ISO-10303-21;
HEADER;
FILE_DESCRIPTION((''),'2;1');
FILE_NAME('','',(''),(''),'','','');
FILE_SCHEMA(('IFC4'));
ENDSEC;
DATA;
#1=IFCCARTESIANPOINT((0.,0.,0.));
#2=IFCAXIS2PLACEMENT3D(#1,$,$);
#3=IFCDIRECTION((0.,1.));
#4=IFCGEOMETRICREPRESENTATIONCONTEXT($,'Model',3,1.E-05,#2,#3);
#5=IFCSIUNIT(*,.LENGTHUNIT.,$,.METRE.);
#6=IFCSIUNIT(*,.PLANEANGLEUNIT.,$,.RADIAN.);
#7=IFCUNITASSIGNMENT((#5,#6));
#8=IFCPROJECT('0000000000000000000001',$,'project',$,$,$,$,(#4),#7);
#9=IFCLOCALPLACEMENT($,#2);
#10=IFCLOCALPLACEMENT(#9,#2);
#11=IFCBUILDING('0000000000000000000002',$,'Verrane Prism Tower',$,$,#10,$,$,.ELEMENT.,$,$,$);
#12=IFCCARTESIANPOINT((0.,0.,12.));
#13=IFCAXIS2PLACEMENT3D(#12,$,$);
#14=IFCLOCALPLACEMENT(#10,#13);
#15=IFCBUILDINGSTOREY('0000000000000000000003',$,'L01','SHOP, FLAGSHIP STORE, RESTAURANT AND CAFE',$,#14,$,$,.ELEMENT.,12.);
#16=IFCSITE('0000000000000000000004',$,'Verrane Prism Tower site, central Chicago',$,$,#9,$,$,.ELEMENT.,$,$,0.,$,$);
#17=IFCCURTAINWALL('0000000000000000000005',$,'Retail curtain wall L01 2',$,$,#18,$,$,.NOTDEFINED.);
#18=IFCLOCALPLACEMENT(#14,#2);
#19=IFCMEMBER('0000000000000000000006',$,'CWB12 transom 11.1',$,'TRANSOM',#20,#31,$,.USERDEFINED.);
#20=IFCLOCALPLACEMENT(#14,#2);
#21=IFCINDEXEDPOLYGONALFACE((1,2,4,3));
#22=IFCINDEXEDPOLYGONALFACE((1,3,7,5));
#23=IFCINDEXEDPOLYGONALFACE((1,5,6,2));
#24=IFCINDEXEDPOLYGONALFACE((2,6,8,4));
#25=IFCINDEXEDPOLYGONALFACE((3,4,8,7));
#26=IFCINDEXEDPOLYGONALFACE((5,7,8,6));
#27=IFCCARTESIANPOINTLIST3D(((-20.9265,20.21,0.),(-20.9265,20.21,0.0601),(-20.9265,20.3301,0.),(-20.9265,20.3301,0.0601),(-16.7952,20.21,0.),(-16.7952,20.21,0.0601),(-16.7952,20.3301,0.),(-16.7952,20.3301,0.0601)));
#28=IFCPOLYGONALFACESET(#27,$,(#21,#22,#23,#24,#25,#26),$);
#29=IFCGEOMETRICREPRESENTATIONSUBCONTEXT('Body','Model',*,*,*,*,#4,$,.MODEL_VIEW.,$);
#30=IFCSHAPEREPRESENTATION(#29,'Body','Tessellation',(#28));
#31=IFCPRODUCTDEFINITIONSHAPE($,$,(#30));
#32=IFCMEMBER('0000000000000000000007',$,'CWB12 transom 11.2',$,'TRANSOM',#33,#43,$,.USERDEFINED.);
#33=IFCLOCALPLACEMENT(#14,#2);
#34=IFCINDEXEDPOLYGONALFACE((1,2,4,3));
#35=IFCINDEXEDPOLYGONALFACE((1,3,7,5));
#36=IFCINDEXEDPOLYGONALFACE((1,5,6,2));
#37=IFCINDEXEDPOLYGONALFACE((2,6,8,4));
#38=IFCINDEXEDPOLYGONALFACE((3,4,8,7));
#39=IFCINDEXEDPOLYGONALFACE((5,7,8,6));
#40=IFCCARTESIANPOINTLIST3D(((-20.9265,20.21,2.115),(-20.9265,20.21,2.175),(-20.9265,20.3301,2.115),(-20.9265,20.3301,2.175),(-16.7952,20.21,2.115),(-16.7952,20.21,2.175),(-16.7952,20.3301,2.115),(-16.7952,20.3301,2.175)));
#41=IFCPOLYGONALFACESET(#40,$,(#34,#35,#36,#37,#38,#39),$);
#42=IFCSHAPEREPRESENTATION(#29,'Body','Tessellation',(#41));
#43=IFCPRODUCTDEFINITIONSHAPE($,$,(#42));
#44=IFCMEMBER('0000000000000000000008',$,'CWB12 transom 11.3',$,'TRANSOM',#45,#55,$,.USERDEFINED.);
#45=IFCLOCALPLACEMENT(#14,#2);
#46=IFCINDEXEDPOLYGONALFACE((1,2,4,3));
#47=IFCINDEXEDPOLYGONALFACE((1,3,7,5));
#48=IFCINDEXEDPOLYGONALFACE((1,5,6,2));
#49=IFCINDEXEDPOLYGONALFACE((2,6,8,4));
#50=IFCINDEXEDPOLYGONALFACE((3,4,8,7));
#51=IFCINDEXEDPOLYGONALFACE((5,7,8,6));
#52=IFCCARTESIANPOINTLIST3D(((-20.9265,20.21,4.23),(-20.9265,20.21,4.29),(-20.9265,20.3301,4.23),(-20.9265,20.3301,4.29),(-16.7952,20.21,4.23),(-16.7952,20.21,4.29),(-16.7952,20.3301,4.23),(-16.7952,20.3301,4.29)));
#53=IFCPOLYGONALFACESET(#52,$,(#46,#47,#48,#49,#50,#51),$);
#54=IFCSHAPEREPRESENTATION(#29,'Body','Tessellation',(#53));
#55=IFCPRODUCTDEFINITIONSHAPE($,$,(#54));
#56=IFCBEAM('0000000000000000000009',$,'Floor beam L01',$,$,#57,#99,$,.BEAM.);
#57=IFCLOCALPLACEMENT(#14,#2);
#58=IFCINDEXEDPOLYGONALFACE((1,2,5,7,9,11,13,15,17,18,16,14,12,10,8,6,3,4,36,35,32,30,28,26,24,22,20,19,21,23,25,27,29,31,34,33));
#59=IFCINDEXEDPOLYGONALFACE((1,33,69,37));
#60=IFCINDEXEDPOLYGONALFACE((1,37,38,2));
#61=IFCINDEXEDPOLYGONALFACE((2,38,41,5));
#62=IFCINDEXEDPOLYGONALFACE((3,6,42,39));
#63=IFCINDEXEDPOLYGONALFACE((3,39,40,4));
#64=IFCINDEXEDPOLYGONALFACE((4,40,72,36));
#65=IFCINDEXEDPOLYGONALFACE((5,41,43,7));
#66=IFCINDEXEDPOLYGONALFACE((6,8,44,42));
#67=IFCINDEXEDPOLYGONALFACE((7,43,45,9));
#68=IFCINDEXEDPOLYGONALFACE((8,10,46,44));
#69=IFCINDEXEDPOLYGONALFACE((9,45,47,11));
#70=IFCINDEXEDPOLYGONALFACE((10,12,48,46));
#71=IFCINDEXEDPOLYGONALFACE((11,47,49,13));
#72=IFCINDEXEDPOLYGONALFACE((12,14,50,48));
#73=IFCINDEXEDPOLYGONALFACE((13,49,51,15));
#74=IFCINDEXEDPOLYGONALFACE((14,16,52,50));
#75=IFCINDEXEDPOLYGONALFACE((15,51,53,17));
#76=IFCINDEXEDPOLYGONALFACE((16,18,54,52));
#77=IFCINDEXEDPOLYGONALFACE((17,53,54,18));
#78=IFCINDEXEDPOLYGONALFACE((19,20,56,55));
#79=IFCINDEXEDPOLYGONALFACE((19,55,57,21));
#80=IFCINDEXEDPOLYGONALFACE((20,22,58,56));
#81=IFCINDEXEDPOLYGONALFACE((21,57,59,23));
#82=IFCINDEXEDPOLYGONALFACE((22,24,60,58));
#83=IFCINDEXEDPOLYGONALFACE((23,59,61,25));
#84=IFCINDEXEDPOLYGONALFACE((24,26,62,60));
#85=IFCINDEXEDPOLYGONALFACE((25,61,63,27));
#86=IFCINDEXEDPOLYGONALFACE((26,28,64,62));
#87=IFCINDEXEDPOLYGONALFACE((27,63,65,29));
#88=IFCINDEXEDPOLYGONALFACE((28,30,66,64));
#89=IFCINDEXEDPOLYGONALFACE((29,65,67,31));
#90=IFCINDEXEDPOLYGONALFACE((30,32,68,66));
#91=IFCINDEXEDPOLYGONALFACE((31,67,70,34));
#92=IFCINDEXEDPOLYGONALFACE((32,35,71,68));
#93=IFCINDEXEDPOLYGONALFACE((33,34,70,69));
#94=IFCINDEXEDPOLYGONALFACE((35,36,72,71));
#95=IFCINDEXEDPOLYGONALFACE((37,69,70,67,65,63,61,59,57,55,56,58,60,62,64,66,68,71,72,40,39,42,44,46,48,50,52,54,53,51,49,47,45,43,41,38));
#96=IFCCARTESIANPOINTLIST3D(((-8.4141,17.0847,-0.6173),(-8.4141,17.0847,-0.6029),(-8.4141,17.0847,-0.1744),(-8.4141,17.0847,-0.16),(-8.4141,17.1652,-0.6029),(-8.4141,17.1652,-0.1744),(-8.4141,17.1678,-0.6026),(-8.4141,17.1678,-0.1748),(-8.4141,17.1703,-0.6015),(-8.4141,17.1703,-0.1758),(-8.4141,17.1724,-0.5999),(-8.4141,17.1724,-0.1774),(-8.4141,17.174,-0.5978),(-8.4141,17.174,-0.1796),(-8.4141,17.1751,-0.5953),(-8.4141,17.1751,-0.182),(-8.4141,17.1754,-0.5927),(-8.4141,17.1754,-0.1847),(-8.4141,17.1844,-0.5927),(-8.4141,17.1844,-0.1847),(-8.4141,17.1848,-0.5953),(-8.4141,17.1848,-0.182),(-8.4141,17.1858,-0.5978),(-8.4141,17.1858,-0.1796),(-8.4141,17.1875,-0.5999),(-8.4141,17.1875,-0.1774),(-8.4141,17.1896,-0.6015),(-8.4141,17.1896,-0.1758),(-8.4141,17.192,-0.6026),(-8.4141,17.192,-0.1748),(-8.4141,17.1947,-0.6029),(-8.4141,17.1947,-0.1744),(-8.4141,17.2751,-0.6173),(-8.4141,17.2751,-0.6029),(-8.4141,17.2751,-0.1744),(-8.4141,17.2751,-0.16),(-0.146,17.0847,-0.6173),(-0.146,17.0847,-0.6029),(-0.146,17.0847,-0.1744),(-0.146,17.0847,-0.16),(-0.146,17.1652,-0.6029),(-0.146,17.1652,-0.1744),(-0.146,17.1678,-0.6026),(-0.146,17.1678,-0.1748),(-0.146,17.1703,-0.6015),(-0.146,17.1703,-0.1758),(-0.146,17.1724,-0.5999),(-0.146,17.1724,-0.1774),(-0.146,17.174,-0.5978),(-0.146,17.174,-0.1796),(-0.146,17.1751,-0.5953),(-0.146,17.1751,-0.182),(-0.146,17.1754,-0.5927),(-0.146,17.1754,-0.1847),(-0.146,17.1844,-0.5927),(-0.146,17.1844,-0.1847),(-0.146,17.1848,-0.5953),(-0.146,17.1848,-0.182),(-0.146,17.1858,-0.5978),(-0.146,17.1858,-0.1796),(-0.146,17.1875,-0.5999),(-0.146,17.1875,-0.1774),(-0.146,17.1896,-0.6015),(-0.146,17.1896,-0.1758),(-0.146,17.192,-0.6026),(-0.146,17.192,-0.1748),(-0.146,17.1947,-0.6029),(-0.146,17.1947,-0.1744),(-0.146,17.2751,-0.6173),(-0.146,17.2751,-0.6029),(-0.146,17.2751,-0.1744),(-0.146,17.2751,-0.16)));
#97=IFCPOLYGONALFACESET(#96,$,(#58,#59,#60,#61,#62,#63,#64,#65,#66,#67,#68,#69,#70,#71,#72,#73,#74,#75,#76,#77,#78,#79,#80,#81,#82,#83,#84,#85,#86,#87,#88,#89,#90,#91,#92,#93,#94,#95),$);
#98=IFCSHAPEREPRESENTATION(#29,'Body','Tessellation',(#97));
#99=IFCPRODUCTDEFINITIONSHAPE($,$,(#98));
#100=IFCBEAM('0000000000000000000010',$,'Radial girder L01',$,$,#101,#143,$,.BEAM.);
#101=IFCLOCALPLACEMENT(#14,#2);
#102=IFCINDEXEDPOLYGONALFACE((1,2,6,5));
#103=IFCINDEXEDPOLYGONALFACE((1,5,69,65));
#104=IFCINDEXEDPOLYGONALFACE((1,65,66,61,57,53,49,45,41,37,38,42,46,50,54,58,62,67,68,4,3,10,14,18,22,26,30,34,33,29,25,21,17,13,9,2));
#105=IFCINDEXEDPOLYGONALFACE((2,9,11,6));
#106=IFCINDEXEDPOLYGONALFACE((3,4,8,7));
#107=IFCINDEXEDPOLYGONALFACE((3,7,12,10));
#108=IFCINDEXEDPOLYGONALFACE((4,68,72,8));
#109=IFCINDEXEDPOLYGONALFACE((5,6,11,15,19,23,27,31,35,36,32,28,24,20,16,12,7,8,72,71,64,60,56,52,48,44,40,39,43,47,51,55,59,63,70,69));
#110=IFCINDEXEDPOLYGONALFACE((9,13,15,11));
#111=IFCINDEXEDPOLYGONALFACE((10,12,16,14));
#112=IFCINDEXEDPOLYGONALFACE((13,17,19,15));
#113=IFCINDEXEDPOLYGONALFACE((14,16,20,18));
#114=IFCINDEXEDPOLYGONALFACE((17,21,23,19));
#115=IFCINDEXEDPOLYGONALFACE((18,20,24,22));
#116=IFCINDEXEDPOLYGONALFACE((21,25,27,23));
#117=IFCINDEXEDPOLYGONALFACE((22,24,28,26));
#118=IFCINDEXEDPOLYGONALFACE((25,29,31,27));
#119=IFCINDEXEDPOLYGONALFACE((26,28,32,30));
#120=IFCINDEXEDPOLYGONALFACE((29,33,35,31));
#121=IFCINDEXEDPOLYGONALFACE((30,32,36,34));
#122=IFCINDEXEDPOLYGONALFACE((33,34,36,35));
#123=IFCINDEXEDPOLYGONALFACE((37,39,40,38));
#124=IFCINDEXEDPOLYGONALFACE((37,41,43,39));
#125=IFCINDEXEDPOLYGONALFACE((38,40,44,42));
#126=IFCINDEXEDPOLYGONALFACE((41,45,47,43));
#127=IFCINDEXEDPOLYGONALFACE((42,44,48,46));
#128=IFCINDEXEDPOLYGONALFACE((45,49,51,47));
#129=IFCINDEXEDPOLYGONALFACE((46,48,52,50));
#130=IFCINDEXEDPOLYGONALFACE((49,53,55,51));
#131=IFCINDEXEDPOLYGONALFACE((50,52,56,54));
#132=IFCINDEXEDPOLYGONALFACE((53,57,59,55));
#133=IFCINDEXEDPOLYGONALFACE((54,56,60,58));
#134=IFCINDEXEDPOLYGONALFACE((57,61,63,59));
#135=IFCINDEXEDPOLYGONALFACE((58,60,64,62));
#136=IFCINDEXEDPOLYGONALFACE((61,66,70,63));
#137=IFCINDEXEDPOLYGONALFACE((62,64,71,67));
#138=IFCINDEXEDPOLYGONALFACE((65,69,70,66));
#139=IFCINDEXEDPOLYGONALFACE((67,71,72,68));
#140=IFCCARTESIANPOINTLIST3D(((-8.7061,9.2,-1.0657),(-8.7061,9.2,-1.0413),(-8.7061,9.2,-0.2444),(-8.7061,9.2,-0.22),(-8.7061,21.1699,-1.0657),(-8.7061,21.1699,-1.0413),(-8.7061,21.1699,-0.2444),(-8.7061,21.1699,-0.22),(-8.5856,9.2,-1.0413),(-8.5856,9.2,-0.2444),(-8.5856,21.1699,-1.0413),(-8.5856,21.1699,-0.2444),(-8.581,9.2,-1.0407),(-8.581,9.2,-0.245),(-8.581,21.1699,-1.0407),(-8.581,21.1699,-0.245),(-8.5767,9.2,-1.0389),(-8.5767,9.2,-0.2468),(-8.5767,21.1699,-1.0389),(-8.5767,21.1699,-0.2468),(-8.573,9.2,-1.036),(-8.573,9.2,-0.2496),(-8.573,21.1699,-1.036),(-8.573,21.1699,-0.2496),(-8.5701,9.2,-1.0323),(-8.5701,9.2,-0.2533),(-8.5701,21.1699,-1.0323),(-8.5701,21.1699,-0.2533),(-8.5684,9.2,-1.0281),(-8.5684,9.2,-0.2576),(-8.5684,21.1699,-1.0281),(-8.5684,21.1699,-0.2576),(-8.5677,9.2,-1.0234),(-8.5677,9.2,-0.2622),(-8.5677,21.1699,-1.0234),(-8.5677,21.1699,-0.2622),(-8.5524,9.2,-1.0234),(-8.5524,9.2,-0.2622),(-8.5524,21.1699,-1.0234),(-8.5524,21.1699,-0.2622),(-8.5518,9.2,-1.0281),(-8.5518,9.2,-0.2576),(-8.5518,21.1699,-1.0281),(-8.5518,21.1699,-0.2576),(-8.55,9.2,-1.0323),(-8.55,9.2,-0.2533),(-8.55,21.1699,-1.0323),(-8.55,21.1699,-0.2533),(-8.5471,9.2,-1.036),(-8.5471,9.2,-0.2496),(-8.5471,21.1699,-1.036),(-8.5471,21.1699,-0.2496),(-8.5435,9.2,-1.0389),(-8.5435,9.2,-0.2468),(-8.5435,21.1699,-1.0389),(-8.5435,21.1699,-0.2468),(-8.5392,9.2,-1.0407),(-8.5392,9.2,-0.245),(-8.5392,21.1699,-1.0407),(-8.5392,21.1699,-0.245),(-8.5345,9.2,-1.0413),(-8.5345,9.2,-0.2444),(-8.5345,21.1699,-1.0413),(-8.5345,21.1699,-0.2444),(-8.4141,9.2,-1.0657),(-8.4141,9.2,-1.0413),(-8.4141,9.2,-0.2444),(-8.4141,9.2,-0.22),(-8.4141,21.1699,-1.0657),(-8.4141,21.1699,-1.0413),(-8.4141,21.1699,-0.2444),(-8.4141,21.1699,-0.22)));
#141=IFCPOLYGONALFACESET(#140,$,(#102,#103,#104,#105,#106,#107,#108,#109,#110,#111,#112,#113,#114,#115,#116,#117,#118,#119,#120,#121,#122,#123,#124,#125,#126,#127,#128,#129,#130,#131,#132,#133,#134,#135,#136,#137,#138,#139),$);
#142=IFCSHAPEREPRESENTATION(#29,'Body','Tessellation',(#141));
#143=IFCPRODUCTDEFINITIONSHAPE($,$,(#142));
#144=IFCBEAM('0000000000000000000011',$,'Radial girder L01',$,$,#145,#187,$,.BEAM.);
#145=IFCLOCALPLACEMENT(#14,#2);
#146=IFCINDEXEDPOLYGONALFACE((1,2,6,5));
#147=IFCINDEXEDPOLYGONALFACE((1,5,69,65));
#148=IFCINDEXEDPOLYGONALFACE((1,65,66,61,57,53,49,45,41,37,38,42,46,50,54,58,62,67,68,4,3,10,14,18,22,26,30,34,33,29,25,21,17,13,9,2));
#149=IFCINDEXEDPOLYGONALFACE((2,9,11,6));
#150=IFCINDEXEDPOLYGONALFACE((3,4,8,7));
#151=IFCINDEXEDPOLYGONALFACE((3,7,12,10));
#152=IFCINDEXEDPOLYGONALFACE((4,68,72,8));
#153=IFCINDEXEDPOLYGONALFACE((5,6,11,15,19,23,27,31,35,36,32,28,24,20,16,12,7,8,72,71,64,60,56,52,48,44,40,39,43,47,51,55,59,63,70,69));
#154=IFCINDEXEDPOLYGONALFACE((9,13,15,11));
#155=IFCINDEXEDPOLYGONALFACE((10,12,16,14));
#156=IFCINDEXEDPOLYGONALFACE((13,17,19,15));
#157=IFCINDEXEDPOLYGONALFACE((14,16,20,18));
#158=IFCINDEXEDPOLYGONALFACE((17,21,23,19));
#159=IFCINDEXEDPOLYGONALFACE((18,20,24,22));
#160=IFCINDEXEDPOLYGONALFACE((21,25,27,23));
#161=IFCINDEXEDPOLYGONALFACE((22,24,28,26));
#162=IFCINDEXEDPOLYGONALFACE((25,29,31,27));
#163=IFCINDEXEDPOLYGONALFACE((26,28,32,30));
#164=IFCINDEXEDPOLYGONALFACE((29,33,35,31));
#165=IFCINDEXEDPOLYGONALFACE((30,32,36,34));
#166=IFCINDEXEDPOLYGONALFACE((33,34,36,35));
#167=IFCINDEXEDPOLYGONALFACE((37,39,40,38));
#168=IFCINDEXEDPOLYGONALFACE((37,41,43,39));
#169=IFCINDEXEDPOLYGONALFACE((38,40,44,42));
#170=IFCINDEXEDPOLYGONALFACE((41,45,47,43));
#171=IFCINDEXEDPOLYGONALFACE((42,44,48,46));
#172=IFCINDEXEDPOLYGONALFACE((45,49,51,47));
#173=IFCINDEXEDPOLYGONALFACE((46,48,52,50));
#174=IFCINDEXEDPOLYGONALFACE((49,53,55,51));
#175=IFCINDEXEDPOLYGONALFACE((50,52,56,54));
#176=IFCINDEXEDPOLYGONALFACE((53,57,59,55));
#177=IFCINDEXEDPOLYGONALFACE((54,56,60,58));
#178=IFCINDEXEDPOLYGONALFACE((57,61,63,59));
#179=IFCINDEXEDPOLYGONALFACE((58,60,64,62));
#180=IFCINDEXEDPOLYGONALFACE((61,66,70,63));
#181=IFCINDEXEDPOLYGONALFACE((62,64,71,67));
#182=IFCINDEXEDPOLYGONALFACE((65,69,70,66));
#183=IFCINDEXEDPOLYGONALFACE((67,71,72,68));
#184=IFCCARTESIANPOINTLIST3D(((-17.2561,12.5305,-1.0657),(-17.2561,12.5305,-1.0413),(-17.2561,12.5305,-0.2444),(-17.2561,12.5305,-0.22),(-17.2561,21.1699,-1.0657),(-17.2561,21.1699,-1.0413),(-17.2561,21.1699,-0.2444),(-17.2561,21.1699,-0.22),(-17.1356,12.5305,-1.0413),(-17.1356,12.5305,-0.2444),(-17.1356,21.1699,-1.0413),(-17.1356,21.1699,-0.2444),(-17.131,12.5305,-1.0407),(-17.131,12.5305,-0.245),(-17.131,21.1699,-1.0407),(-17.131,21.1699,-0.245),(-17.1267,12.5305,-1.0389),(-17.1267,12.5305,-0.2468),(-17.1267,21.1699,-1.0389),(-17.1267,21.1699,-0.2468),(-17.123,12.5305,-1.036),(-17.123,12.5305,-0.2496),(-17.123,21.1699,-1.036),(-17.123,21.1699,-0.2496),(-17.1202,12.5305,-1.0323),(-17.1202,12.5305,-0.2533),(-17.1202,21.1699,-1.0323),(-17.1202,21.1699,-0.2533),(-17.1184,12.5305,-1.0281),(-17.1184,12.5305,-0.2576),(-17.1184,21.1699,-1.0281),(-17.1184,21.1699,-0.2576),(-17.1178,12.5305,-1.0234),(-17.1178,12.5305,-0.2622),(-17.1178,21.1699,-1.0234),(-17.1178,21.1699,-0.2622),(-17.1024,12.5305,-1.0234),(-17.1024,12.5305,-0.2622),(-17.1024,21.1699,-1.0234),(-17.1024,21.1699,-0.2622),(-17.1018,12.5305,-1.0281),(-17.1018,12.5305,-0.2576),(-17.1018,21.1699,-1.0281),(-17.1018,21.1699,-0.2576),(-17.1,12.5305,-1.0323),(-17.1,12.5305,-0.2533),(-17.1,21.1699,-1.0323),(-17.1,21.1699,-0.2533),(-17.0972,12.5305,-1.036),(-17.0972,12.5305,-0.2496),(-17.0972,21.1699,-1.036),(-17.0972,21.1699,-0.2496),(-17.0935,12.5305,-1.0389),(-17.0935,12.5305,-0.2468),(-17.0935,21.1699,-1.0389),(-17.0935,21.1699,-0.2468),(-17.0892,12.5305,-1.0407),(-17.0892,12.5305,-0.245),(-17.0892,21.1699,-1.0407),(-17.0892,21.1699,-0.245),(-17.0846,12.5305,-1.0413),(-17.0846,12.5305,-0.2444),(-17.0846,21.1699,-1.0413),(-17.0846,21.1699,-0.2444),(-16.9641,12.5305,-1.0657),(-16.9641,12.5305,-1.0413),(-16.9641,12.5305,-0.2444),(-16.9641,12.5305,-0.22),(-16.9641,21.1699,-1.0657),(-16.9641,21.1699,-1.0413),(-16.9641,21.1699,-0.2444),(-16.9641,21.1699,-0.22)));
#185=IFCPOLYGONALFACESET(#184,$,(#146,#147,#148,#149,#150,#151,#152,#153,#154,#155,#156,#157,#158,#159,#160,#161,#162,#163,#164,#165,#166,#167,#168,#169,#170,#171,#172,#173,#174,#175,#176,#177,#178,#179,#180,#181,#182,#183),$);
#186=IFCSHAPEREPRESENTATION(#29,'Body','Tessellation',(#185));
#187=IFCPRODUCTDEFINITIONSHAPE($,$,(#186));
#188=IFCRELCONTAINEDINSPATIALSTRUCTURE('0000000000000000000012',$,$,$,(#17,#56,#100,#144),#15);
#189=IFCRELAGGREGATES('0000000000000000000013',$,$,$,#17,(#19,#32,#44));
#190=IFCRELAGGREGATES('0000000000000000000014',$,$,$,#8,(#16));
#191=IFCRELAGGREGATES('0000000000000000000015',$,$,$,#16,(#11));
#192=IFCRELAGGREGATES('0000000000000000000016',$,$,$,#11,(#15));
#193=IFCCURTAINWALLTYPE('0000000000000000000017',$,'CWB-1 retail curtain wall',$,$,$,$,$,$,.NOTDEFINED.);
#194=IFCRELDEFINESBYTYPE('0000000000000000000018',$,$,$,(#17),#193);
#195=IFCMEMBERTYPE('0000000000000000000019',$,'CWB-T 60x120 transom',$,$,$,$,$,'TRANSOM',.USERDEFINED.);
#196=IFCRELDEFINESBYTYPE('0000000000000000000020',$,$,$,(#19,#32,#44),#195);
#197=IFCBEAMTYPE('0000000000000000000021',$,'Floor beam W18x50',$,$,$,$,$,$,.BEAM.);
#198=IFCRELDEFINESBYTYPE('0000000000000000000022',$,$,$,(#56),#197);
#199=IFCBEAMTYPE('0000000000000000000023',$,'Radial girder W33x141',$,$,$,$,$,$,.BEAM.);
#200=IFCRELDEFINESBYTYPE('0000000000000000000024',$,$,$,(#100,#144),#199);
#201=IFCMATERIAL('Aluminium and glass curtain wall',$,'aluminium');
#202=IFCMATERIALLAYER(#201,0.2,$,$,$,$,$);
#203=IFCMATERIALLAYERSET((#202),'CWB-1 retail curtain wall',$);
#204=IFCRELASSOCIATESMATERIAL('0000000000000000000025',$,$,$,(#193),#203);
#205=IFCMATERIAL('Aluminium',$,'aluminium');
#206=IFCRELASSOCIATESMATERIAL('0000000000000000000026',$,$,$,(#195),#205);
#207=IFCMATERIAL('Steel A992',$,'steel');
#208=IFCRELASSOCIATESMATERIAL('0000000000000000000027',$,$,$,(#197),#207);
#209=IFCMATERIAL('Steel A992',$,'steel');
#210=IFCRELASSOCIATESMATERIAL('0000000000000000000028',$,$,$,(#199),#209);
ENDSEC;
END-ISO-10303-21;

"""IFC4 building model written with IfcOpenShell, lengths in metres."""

from ifc_helpers import new_model, si_unit, direction, frame, origin, origin_2d, place, context, subcontext, project, spatial, rectangle, i_section, extrude, material, layer, layer_set, material_profile, profile_set, type_object, element, aggregate, save


model = new_model("IFC4")

# Units and contexts
model_context = context("Model", 3, precision=1e-05, world=origin(), true_north=direction((0.0, 1.0)))
body_context = subcontext(model_context, "Body", "Model", "MODEL_VIEW")
ifc_project = project(units=[si_unit("LENGTHUNIT", "METRE"), si_unit("PLANEANGLEUNIT", "RADIAN")], contexts=[model_context])

# Site, building, storey
site_placement = place(None, origin())
site = spatial("IfcSite", under=ifc_project, at=site_placement, Name="Verrane Prism Tower site, central Chicago", CompositionType="ELEMENT", RefElevation=0.0)
building_placement = place(site_placement, origin())
building = spatial("IfcBuilding", under=site, at=building_placement, Name="Verrane Prism Tower", CompositionType="ELEMENT")
storey_placement = place(building_placement, frame((0.0, 0.0, 12.0)))
storey = spatial("IfcBuildingStorey", under=building, at=storey_placement, Name="L01", Description="SHOP, FLAGSHIP STORE, RESTAURANT AND CAFE", CompositionType="ELEMENT", Elevation=12.0)

# Curtain wall, members
ifc_material_1 = material(Name="Aluminium and glass curtain wall", Category="aluminium")
ifc_layer_1 = layer(ifc_material_1, 0.2)
ifc_layer_set_1 = layer_set([ifc_layer_1], Name="CWB-1 retail curtain wall")
curtain_wall_type = type_object("IfcCurtainWallType", Name="CWB-1 retail curtain wall", PredefinedType="NOTDEFINED", material=ifc_layer_set_1)
curtain_wall_placement = place(storey_placement, origin())
curtain_wall = element("IfcCurtainWall", 1, at=curtain_wall_placement, inside=storey, type_object=curtain_wall_type, Name="Retail curtain wall L01 2", PredefinedType="NOTDEFINED")
ifc_material_2 = material(Name="Aluminium", Category="aluminium")
ifc_material_profile_1 = material_profile(ifc_material_2, rectangle(XDim=0.1201, YDim=0.0601, at=origin_2d()), Name="CWB-T 60x120 transom")
ifc_profile_set_1 = profile_set([ifc_material_profile_1], Name="Aluminium")
member_type_1 = type_object("IfcMemberType", Name="CWB-T 60x120 transom", ElementType="TRANSOM", PredefinedType="USERDEFINED", material=ifc_profile_set_1)
member_1_placement = place(storey_placement, frame((-16.7952, 20.27, 0.03), z_axis=(-1.0, 0.0, 0.0), x_axis=(0.0, -1.0, 0.0)))
member_1 = element("IfcMember", 2, at=member_1_placement, type_object=member_type_1, Name="CWB12 transom 11.1", ObjectType="TRANSOM", PredefinedType="USERDEFINED", context=body_context, shape_type="SweptSolid", body=[
    extrude(rectangle(XDim=0.1201, YDim=0.0601, at=origin_2d()), origin(), (0.0, 0.0, 1.0), 4.1313),
])
member_2_placement = place(storey_placement, frame((-16.7952, 20.27, 2.145), z_axis=(-1.0, 0.0, 0.0), x_axis=(0.0, -1.0, 0.0)))
member_2 = element("IfcMember", 3, at=member_2_placement, type_object=member_type_1, Name="CWB12 transom 11.2", ObjectType="TRANSOM", PredefinedType="USERDEFINED", context=body_context, shape_type="SweptSolid", body=[
    extrude(rectangle(XDim=0.1201, YDim=0.0601, at=origin_2d()), origin(), (0.0, 0.0, 1.0), 4.1313),
])
member_3_placement = place(storey_placement, frame((-16.7952, 20.27, 4.26), z_axis=(-1.0, 0.0, 0.0), x_axis=(0.0, -1.0, 0.0)))
member_3 = element("IfcMember", 4, at=member_3_placement, type_object=member_type_1, Name="CWB12 transom 11.3", ObjectType="TRANSOM", PredefinedType="USERDEFINED", context=body_context, shape_type="SweptSolid", body=[
    extrude(rectangle(XDim=0.1201, YDim=0.0601, at=origin_2d()), origin(), (0.0, 0.0, 1.0), 4.1313),
])

# Beams
ifc_material_3 = material(Name="Steel A992", Category="steel")
ifc_material_profile_2 = material_profile(ifc_material_3, i_section(OverallWidth=0.1904, OverallDepth=0.4573, WebThickness=0.009, FlangeThickness=0.0144, FilletRadius=0.0103, at=origin_2d()), Name="W18x50")
ifc_profile_set_2 = profile_set([ifc_material_profile_2], Name="Steel A992")
beam_type_1 = type_object("IfcBeamType", Name="Floor beam W18x50", PredefinedType="BEAM", material=ifc_profile_set_2)
beam_1_placement = place(storey_placement, frame((-8.4141, 17.1799, -0.3887), z_axis=(1.0, 0.0, 0.0), x_axis=(0.0, 1.0, 0.0)))
element("IfcBeam", 5, at=beam_1_placement, inside=storey, type_object=beam_type_1, Name="Floor beam L01", PredefinedType="BEAM", context=body_context, shape_type="SweptSolid", body=[
    extrude(i_section(OverallWidth=0.1904, OverallDepth=0.4573, WebThickness=0.009, FlangeThickness=0.0144, FilletRadius=0.0103, at=origin_2d()), origin(), (0.0, 0.0, 1.0), 8.2681),
])
ifc_material_4 = material(Name="Steel A992", Category="steel")
ifc_material_profile_3 = material_profile(ifc_material_4, i_section(OverallWidth=0.292, OverallDepth=0.8457, WebThickness=0.0154, FlangeThickness=0.0244, FilletRadius=0.0178, at=origin_2d()), Name="W33x141")
ifc_profile_set_3 = profile_set([ifc_material_profile_3], Name="Steel A992")
beam_type_2 = type_object("IfcBeamType", Name="Radial girder W33x141", PredefinedType="BEAM", material=ifc_profile_set_3)
beam_2_placement = place(storey_placement, frame((-8.5601, 21.1699, -0.6428), z_axis=(0.0, -1.0, 0.0), x_axis=(1.0, 0.0, 0.0)))
element("IfcBeam", 6, at=beam_2_placement, inside=storey, type_object=beam_type_2, Name="Radial girder L01", PredefinedType="BEAM", context=body_context, shape_type="SweptSolid", body=[
    extrude(i_section(OverallWidth=0.292, OverallDepth=0.8457, WebThickness=0.0154, FlangeThickness=0.0244, FilletRadius=0.0178, at=origin_2d()), origin(), (0.0, 0.0, 1.0), 11.97),
])
beam_3_placement = place(storey_placement, frame((-17.1101, 21.1699, -0.6428), z_axis=(0.0, -1.0, 0.0), x_axis=(1.0, 0.0, 0.0)))
element("IfcBeam", 7, at=beam_3_placement, inside=storey, type_object=beam_type_2, Name="Radial girder L01", PredefinedType="BEAM", context=body_context, shape_type="SweptSolid", body=[
    extrude(i_section(OverallWidth=0.292, OverallDepth=0.8457, WebThickness=0.0154, FlangeThickness=0.0244, FilletRadius=0.0178, at=origin_2d()), origin(), (0.0, 0.0, 1.0), 8.6394),
])

aggregate(curtain_wall, [member_1, member_2, member_3])

save(model, "model.ifc")
